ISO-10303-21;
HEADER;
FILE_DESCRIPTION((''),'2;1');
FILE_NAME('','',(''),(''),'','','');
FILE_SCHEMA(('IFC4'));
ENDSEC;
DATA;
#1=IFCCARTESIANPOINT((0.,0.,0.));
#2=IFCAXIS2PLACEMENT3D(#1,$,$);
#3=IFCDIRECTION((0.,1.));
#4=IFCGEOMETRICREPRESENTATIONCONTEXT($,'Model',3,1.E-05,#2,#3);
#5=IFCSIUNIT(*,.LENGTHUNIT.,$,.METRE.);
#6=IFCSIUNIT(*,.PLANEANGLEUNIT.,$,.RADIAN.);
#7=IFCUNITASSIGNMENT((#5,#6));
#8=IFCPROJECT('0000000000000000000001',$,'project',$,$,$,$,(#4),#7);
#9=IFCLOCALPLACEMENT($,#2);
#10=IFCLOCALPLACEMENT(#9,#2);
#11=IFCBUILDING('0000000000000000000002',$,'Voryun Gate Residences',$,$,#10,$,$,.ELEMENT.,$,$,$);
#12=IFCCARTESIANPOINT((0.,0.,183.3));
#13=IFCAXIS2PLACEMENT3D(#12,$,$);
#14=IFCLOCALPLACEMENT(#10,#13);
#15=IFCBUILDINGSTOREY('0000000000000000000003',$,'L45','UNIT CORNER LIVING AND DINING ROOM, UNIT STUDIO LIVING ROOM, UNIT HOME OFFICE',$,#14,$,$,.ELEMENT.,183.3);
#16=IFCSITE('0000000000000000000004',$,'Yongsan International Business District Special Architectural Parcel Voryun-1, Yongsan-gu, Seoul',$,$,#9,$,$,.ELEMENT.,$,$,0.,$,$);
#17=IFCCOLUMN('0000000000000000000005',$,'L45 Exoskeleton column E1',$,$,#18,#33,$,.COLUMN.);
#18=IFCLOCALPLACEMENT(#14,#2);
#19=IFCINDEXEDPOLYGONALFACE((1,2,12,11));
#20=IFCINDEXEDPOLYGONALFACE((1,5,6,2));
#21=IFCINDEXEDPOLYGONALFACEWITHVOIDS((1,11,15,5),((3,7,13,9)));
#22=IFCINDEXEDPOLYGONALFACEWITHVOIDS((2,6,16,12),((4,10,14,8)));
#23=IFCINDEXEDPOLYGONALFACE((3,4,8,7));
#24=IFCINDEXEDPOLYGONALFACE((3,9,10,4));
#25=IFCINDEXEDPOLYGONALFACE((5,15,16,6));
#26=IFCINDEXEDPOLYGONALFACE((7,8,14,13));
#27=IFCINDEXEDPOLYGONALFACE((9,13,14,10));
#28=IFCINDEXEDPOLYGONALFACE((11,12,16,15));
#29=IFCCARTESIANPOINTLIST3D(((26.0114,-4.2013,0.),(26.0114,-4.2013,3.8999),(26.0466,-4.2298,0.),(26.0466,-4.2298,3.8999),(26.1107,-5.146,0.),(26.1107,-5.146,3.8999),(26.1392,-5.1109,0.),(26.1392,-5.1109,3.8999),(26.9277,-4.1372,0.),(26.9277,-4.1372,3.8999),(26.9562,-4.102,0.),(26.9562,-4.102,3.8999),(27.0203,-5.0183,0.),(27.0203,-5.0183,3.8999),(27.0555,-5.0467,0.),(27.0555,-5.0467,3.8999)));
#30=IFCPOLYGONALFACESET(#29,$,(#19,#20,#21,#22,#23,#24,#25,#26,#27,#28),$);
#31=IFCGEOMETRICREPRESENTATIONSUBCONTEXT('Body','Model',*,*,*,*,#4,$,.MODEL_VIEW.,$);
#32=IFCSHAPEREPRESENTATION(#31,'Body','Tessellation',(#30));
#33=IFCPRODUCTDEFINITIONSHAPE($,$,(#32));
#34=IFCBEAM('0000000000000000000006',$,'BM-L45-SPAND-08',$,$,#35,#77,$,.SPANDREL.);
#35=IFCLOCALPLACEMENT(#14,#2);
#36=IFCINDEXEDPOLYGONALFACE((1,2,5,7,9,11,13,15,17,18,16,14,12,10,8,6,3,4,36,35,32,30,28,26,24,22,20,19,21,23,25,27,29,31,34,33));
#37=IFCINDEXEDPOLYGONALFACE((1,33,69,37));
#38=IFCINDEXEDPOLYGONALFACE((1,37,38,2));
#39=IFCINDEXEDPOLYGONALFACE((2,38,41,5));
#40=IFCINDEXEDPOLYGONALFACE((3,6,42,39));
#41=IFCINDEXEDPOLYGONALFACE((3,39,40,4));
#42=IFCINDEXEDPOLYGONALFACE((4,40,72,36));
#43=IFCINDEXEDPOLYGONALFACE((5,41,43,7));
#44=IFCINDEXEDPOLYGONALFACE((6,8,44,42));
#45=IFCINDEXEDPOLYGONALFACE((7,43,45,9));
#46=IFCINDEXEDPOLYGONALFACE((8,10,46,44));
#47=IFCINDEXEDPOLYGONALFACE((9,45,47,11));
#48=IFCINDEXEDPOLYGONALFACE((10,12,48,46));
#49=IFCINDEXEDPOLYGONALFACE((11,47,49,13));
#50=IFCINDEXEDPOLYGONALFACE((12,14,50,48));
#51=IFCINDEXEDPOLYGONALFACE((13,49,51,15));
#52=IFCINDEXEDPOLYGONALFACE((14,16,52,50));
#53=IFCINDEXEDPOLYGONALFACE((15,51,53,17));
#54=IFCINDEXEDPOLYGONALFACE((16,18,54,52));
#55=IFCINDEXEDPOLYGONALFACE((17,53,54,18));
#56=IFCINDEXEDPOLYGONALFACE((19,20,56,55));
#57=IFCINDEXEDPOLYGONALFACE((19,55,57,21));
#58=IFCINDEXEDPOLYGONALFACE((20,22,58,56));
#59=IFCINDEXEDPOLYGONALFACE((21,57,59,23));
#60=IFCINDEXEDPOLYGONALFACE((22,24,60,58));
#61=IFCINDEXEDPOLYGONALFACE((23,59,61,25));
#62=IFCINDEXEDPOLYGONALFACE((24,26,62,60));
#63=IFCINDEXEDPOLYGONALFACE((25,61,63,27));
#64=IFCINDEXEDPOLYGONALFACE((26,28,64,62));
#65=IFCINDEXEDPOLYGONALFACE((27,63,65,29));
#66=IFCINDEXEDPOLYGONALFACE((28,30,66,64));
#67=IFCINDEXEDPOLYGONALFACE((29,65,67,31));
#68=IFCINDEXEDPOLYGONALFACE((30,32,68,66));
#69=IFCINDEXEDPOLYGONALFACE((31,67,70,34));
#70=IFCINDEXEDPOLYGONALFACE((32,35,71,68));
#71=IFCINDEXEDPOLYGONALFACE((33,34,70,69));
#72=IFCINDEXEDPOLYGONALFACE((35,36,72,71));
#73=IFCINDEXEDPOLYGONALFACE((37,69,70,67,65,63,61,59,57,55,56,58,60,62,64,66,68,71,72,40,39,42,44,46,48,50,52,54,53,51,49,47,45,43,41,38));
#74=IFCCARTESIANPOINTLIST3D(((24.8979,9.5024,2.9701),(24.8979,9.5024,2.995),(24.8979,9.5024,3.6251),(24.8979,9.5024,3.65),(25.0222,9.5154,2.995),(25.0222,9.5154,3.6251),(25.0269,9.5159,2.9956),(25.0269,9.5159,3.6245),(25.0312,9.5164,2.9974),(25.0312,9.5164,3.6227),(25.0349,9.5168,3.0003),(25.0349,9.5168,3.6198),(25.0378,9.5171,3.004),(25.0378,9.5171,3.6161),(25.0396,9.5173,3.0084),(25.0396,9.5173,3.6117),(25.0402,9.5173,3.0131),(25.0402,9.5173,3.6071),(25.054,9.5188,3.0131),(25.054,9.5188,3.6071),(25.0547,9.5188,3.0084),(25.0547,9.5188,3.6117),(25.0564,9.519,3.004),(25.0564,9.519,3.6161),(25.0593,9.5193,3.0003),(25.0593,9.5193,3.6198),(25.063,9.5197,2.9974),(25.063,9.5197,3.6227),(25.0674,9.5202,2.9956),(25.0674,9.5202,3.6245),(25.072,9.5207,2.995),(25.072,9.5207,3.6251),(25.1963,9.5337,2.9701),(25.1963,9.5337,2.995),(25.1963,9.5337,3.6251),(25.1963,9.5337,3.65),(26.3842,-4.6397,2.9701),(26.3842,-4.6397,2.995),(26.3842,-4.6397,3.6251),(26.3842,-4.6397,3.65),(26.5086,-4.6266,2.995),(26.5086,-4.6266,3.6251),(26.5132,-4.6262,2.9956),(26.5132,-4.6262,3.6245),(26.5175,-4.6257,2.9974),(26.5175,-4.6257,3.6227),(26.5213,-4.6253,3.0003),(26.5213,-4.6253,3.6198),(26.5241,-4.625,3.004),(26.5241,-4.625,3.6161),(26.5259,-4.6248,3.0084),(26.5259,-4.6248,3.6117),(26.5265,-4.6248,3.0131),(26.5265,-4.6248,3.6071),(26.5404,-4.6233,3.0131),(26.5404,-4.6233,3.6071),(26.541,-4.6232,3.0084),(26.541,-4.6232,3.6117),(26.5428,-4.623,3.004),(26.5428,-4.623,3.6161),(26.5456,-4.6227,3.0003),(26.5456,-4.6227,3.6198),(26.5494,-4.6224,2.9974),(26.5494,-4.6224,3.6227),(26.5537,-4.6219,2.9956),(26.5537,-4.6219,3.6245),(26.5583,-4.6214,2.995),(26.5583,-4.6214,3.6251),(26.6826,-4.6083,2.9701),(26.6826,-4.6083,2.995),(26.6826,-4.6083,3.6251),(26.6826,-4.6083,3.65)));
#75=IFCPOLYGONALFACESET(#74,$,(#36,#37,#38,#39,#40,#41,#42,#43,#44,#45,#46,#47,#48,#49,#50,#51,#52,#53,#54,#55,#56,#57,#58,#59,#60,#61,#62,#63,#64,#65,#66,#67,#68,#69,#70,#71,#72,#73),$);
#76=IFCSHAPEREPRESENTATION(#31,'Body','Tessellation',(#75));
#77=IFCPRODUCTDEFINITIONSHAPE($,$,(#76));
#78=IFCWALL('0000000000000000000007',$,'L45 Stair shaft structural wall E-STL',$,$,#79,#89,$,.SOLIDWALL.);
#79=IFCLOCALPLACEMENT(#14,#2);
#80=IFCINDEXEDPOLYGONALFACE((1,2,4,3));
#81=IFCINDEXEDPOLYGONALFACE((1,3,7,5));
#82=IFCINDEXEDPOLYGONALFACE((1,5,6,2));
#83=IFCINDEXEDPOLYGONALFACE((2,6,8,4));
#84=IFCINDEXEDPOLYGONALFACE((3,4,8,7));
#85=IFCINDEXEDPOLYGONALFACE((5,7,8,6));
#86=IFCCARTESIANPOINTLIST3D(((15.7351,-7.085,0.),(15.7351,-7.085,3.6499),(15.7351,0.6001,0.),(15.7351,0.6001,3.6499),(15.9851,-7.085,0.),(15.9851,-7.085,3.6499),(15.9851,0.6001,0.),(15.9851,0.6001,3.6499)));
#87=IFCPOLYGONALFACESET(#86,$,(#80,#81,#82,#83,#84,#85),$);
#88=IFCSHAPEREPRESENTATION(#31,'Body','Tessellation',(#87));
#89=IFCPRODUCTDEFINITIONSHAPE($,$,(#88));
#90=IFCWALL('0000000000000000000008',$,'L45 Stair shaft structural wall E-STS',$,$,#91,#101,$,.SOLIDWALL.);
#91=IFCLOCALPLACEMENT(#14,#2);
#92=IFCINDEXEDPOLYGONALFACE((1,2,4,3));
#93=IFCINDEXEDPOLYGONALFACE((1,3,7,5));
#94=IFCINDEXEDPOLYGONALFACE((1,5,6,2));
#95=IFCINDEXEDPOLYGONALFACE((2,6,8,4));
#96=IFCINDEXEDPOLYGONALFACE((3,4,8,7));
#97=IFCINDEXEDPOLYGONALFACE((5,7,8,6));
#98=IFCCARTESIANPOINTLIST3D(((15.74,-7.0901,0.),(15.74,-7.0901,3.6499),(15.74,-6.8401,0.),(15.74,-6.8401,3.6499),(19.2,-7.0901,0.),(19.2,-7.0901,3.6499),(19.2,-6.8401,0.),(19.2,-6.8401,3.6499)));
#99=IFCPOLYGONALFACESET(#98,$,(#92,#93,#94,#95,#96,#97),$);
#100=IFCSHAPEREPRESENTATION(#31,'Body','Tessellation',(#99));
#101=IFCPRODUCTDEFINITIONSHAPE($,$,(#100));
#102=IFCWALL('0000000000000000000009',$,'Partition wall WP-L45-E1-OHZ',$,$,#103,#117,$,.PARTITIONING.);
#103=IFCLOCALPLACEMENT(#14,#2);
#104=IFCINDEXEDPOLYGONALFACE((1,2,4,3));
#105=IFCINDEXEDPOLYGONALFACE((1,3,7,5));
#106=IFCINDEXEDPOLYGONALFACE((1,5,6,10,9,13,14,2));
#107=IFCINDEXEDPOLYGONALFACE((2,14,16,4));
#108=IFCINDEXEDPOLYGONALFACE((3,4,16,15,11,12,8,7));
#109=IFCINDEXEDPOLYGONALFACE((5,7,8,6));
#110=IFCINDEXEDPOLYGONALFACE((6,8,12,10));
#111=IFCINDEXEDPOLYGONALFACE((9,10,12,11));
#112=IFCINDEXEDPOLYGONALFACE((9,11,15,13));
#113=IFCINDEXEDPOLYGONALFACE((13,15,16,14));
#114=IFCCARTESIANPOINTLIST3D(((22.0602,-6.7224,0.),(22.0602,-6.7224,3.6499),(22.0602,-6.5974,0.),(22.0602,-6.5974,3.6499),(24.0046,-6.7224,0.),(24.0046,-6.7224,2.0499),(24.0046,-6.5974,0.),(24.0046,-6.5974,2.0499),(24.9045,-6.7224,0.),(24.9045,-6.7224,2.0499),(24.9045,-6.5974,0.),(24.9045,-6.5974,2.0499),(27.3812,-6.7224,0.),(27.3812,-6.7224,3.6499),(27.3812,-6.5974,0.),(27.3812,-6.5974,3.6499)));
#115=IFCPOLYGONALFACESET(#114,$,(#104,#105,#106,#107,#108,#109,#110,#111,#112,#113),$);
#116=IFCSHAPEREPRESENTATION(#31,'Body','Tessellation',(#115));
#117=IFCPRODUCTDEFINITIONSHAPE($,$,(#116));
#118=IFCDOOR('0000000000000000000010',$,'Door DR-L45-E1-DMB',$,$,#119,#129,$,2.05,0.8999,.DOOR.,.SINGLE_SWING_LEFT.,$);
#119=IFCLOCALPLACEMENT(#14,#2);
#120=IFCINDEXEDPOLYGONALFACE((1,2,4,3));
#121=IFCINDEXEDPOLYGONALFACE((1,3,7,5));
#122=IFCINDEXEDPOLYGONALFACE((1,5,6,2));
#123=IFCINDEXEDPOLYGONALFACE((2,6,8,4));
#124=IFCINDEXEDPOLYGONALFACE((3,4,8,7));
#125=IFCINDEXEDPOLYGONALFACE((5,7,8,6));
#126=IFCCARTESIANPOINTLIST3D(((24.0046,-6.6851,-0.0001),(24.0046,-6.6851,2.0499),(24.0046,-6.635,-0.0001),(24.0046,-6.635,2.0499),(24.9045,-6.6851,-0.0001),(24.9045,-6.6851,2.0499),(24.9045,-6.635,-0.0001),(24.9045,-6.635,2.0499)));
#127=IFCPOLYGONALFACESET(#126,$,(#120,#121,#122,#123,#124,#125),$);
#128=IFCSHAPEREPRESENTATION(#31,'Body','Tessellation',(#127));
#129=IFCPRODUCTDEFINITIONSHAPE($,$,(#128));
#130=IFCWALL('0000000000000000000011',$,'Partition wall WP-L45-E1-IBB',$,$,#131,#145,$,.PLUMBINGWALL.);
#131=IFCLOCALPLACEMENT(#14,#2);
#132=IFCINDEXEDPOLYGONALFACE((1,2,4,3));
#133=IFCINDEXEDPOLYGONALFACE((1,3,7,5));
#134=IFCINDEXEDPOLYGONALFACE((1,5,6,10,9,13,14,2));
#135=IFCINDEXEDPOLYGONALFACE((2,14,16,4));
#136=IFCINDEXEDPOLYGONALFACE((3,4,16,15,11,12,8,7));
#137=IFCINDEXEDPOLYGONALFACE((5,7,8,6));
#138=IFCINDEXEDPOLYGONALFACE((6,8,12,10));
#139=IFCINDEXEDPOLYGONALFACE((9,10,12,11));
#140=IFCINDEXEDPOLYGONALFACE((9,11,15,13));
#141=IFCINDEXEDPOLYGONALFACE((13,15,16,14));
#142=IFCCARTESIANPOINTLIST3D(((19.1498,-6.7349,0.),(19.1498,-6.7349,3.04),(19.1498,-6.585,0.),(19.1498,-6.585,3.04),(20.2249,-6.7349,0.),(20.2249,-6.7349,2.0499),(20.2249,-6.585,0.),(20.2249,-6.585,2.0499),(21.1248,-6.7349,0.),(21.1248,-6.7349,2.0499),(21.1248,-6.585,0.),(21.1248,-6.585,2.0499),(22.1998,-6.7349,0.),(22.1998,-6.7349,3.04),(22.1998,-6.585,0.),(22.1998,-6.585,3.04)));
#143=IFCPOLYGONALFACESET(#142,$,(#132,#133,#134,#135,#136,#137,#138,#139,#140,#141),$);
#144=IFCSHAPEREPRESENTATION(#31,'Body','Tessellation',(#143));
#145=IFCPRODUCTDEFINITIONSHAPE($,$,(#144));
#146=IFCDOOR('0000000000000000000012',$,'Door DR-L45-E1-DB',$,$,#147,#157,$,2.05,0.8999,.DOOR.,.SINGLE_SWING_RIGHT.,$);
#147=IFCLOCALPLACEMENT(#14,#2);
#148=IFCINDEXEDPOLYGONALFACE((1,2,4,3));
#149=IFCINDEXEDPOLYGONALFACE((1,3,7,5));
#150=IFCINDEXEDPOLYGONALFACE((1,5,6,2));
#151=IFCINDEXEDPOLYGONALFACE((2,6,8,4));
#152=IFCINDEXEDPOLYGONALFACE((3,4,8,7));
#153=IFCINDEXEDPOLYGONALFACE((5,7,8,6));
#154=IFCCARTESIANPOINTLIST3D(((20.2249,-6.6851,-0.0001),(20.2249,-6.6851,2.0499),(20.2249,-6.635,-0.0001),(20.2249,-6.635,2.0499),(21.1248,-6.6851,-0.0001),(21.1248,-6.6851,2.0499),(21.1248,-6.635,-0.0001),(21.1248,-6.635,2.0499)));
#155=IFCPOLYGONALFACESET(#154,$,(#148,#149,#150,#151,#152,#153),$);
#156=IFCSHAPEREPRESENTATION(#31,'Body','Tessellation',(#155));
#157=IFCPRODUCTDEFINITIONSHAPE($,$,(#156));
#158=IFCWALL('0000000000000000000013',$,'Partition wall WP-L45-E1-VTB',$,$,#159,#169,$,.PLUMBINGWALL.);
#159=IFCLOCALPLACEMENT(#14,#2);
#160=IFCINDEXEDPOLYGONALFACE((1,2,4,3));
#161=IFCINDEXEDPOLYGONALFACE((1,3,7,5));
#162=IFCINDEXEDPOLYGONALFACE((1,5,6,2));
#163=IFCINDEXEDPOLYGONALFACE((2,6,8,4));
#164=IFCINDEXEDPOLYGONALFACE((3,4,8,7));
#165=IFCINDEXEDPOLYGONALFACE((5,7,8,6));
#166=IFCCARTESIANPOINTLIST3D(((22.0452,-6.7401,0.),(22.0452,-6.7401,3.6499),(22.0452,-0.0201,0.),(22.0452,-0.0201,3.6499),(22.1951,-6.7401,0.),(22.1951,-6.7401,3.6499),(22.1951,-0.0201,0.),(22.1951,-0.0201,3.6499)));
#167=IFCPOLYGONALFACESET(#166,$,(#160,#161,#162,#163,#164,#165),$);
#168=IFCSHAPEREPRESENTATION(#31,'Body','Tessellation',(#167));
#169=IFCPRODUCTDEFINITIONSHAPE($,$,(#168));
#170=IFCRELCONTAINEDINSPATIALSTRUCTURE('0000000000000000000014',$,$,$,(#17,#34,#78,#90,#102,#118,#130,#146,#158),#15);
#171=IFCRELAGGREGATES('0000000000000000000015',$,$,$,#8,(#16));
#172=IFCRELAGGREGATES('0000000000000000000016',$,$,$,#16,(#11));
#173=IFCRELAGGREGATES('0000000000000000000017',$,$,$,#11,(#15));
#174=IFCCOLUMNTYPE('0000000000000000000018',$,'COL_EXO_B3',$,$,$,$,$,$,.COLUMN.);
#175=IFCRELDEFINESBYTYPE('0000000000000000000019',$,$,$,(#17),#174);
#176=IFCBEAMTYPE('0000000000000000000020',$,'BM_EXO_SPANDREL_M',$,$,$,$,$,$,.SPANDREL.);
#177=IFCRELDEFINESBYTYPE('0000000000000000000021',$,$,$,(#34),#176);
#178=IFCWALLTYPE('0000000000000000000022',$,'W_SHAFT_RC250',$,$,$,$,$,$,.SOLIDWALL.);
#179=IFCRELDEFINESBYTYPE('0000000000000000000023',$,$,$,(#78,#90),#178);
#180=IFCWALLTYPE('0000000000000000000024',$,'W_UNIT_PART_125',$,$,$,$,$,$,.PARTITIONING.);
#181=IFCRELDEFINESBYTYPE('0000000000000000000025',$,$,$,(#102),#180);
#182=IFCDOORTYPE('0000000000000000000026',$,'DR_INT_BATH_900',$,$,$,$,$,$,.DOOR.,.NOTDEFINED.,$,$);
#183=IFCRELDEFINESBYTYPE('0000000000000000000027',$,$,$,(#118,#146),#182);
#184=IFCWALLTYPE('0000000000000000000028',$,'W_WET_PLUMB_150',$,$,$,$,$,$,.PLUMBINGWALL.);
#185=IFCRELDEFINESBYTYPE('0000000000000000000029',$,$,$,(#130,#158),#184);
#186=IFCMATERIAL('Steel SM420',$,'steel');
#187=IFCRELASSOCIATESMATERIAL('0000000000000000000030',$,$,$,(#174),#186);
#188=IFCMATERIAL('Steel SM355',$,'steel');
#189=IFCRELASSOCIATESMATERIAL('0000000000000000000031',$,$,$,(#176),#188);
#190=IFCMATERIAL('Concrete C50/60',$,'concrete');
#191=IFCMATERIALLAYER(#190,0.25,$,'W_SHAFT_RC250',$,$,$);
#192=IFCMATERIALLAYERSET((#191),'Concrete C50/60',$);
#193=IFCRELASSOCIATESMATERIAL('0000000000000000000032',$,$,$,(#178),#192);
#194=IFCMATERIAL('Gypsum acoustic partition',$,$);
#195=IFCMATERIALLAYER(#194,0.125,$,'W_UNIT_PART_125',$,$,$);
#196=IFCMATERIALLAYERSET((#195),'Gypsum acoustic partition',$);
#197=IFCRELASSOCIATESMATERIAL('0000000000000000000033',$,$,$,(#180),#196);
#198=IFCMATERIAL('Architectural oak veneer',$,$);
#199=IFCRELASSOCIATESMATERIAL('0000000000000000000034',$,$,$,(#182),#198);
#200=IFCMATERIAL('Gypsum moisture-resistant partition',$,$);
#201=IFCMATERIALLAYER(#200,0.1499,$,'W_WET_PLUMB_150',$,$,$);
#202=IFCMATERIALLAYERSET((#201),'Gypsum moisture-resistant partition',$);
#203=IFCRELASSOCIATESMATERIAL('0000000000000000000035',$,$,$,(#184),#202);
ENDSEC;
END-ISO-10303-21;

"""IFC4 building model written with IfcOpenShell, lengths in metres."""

from ifc_helpers import new_model, si_unit, direction, frame, frame_2d, origin, origin_2d, place, context, subcontext, project, spatial, rectangle, hollow_rectangle, i_section, extrude, material, layer, layer_set, material_profile, profile_set, type_object, element, fill, save


model = new_model("IFC4")

# Units and contexts
model_context = context("Model", 3, precision=1e-05, world=origin(), true_north=direction((0.0, 1.0)))
body_context = subcontext(model_context, "Body", "Model", "MODEL_VIEW")
ifc_project = project(units=[si_unit("LENGTHUNIT", "METRE"), si_unit("PLANEANGLEUNIT", "RADIAN")], contexts=[model_context])

# Site, building, storey
site_placement = place(None, origin())
site = spatial("IfcSite", under=ifc_project, at=site_placement, Name="Yongsan International Business District Special Architectural Parcel Voryun-1, Yongsan-gu, Seoul", CompositionType="ELEMENT", RefElevation=0.0)
building_placement = place(site_placement, origin())
building = spatial("IfcBuilding", under=site, at=building_placement, Name="Voryun Gate Residences", CompositionType="ELEMENT")
storey_placement = place(building_placement, frame((0.0, 0.0, 183.3)))
storey = spatial("IfcBuildingStorey", under=building, at=storey_placement, Name="L45", Description="UNIT CORNER LIVING AND DINING ROOM, UNIT STUDIO LIVING ROOM, UNIT HOME OFFICE", CompositionType="ELEMENT", Elevation=183.3)

# Column
ifc_material_1 = material(Name="Steel SM420", Category="steel")
ifc_material_profile_1 = material_profile(ifc_material_1, hollow_rectangle(XDim=0.95, YDim=0.95, WallThickness=0.032, at=origin_2d()), Name="BOX-950x950x32")
ifc_profile_set_1 = profile_set([ifc_material_profile_1], Name="Steel SM420")
column_type = type_object("IfcColumnType", Name="COL_EXO_B3", PredefinedType="COLUMN", material=ifc_profile_set_1)
column_placement = place(storey_placement, frame((26.5334, -4.624, 0.0), z_axis=(0.0, 0.0, 1.0), x_axis=(0.994522, 0.104528, 0.0)))
element("IfcColumn", 1, at=column_placement, inside=storey, type_object=column_type, Name="L45 Exoskeleton column E1", PredefinedType="COLUMN", context=body_context, shape_type="SweptSolid", body=[
    extrude(hollow_rectangle(XDim=0.95, YDim=0.95, WallThickness=0.032, at=origin_2d()), origin(), (0.0, 0.0, 1.0), 3.8999),
])

# Beam
ifc_material_2 = material(Name="Steel SM355", Category="steel")
ifc_material_profile_2 = material_profile(ifc_material_2, i_section(OverallWidth=0.3, OverallDepth=0.6799, WebThickness=0.0139, FlangeThickness=0.0249, FilletRadius=0.0181, at=origin_2d()), Name="H-680x300x14x25")
ifc_profile_set_2 = profile_set([ifc_material_profile_2], Name="Steel SM355")
beam_type = type_object("IfcBeamType", Name="BM_EXO_SPANDREL_M", PredefinedType="SPANDREL", material=ifc_profile_set_2)
beam_placement = place(storey_placement, frame((26.5334, -4.624, 3.3101), z_axis=(-0.104524, 0.994522, 0.0), x_axis=(-0.994522, -0.104524, 0.0)))
element("IfcBeam", 2, at=beam_placement, inside=storey, type_object=beam_type, Name="BM-L45-SPAND-08", PredefinedType="SPANDREL", context=body_context, shape_type="SweptSolid", body=[
    extrude(i_section(OverallWidth=0.3, OverallDepth=0.6799, WebThickness=0.0139, FlangeThickness=0.0249, FilletRadius=0.0181, at=origin_2d()), origin(), (0.0, 0.0, 1.0), 14.22),
])

# Walls
ifc_material_3 = material(Name="Concrete C50/60", Category="concrete")
ifc_layer_1 = layer(ifc_material_3, 0.25, Name="W_SHAFT_RC250")
ifc_layer_set_1 = layer_set([ifc_layer_1], Name="Concrete C50/60")
wall_type_1 = type_object("IfcWallType", Name="W_SHAFT_RC250", PredefinedType="SOLIDWALL", material=ifc_layer_set_1)
wall_1_placement = place(storey_placement, frame((15.8601, -7.085, 0.0), z_axis=(0.0, 0.0, 1.0), x_axis=(0.0, 1.0, 0.0)))
element("IfcWall", 3, at=wall_1_placement, inside=storey, type_object=wall_type_1, Name="L45 Stair shaft structural wall E-STL", PredefinedType="SOLIDWALL", context=body_context, shape_type="SweptSolid", body=[
    extrude(rectangle(XDim=7.6851, YDim=0.25, at=frame_2d((3.8425, 0.0))), origin(), (0.0, 0.0, 1.0), 3.6499),
])
wall_2_placement = place(storey_placement, frame((15.74, -6.9651, 0.0), z_axis=(0.0, 0.0, 1.0), x_axis=(1.0, 0.0, 0.0)))
element("IfcWall", 4, at=wall_2_placement, inside=storey, type_object=wall_type_1, Name="L45 Stair shaft structural wall E-STS", PredefinedType="SOLIDWALL", context=body_context, shape_type="SweptSolid", body=[
    extrude(rectangle(XDim=3.46, YDim=0.25, at=frame_2d((1.73, 0.0))), origin(), (0.0, 0.0, 1.0), 3.6499),
])

# Walls, openings, doors
ifc_material_4 = material(Name="Gypsum acoustic partition")
ifc_layer_2 = layer(ifc_material_4, 0.125, Name="W_UNIT_PART_125")
ifc_layer_set_2 = layer_set([ifc_layer_2], Name="Gypsum acoustic partition")
wall_type_2 = type_object("IfcWallType", Name="W_UNIT_PART_125", PredefinedType="PARTITIONING", material=ifc_layer_set_2)
wall_3_placement = place(storey_placement, frame((22.0601, -6.6599, 0.0), z_axis=(0.0, 0.0, 1.0), x_axis=(1.0, 0.0, 0.0)))
wall_3 = element("IfcWall", 5, at=wall_3_placement, inside=storey, type_object=wall_type_2, Name="Partition wall WP-L45-E1-OHZ", PredefinedType="PARTITIONING", context=body_context, shape_type="SweptSolid", body=[
    extrude(rectangle(XDim=5.321, YDim=0.125, at=frame_2d((2.6606, 0.0))), origin(), (0.0, 0.0, 1.0), 3.6499),
])
opening_1_placement = place(wall_3_placement, frame((1.9446, 0.0, 0.0)))
opening_1 = element("IfcOpeningElement", 6, at=opening_1_placement, cuts=wall_3, PredefinedType="OPENING", context=body_context, shape_type="SweptSolid", body=[
    extrude(rectangle(XDim=0.8999, YDim=2.05, at=frame_2d((0.45, 1.0249))), frame((0.0, 0.0725, 0.0), z_axis=(0.0, -1.0, 0.0), x_axis=(1.0, 0.0, 0.0)), (0.0, 0.0, 1.0), 0.145),
])
ifc_material_5 = material(Name="Architectural oak veneer")
door_type = type_object("IfcDoorType", Name="DR_INT_BATH_900", OperationType="NOTDEFINED", PredefinedType="DOOR", material=ifc_material_5)
door_1_placement = place(opening_1_placement, origin())
door_1 = element("IfcDoor", 7, at=door_1_placement, inside=storey, type_object=door_type, Name="Door DR-L45-E1-DMB", OperationType="SINGLE_SWING_LEFT", OverallHeight=2.05, OverallWidth=0.8999, PredefinedType="DOOR", context=body_context, shape_type="SweptSolid", body=[
    extrude(rectangle(XDim=0.8999, YDim=2.05, at=frame_2d((0.45, 1.0249))), frame((0.0, 0.0249, 0.0), z_axis=(0.0, -1.0, 0.0), x_axis=(1.0, 0.0, 0.0)), (0.0, 0.0, 1.0), 0.05),
])
fill(opening_1, door_1)
ifc_material_6 = material(Name="Gypsum moisture-resistant partition")
ifc_layer_3 = layer(ifc_material_6, 0.1499, Name="W_WET_PLUMB_150")
ifc_layer_set_3 = layer_set([ifc_layer_3], Name="Gypsum moisture-resistant partition")
wall_type_3 = type_object("IfcWallType", Name="W_WET_PLUMB_150", PredefinedType="PLUMBINGWALL", material=ifc_layer_set_3)
wall_4_placement = place(storey_placement, frame((19.1499, -6.6599, 0.0), z_axis=(0.0, 0.0, 1.0), x_axis=(1.0, 0.0, 0.0)))
wall_4 = element("IfcWall", 8, at=wall_4_placement, inside=storey, type_object=wall_type_3, Name="Partition wall WP-L45-E1-IBB", PredefinedType="PLUMBINGWALL", context=body_context, shape_type="SweptSolid", body=[
    extrude(rectangle(XDim=3.05, YDim=0.1499, at=frame_2d((1.5249, 0.0))), origin(), (0.0, 0.0, 1.0), 3.04),
])
opening_2_placement = place(wall_4_placement, frame((1.075, 0.0, 0.0)))
opening_2 = element("IfcOpeningElement", 9, at=opening_2_placement, cuts=wall_4, PredefinedType="OPENING", context=body_context, shape_type="SweptSolid", body=[
    extrude(rectangle(XDim=0.8999, YDim=2.05, at=frame_2d((0.45, 1.0249))), frame((0.0, 0.085, 0.0), z_axis=(0.0, -1.0, 0.0), x_axis=(1.0, 0.0, 0.0)), (0.0, 0.0, 1.0), 0.1699),
])
door_2_placement = place(opening_2_placement, origin())
door_2 = element("IfcDoor", 10, at=door_2_placement, inside=storey, type_object=door_type, Name="Door DR-L45-E1-DB", OperationType="SINGLE_SWING_RIGHT", OverallHeight=2.05, OverallWidth=0.8999, PredefinedType="DOOR", context=body_context, shape_type="SweptSolid", body=[
    extrude(rectangle(XDim=0.8999, YDim=2.05, at=frame_2d((0.45, 1.0249))), frame((0.0, 0.0249, 0.0), z_axis=(0.0, -1.0, 0.0), x_axis=(1.0, 0.0, 0.0)), (0.0, 0.0, 1.0), 0.05),
])
fill(opening_2, door_2)

# Wall
wall_5_placement = place(storey_placement, frame((22.1201, -6.74, 0.0), z_axis=(0.0, 0.0, 1.0), x_axis=(0.0, 1.0, 0.0)))
element("IfcWall", 11, at=wall_5_placement, inside=storey, type_object=wall_type_3, Name="Partition wall WP-L45-E1-VTB", PredefinedType="PLUMBINGWALL", context=body_context, shape_type="SweptSolid", body=[
    extrude(rectangle(XDim=6.72, YDim=0.1499, at=frame_2d((3.3599, 0.0))), origin(), (0.0, 0.0, 1.0), 3.6499),
])

save(model, "model.ifc")
